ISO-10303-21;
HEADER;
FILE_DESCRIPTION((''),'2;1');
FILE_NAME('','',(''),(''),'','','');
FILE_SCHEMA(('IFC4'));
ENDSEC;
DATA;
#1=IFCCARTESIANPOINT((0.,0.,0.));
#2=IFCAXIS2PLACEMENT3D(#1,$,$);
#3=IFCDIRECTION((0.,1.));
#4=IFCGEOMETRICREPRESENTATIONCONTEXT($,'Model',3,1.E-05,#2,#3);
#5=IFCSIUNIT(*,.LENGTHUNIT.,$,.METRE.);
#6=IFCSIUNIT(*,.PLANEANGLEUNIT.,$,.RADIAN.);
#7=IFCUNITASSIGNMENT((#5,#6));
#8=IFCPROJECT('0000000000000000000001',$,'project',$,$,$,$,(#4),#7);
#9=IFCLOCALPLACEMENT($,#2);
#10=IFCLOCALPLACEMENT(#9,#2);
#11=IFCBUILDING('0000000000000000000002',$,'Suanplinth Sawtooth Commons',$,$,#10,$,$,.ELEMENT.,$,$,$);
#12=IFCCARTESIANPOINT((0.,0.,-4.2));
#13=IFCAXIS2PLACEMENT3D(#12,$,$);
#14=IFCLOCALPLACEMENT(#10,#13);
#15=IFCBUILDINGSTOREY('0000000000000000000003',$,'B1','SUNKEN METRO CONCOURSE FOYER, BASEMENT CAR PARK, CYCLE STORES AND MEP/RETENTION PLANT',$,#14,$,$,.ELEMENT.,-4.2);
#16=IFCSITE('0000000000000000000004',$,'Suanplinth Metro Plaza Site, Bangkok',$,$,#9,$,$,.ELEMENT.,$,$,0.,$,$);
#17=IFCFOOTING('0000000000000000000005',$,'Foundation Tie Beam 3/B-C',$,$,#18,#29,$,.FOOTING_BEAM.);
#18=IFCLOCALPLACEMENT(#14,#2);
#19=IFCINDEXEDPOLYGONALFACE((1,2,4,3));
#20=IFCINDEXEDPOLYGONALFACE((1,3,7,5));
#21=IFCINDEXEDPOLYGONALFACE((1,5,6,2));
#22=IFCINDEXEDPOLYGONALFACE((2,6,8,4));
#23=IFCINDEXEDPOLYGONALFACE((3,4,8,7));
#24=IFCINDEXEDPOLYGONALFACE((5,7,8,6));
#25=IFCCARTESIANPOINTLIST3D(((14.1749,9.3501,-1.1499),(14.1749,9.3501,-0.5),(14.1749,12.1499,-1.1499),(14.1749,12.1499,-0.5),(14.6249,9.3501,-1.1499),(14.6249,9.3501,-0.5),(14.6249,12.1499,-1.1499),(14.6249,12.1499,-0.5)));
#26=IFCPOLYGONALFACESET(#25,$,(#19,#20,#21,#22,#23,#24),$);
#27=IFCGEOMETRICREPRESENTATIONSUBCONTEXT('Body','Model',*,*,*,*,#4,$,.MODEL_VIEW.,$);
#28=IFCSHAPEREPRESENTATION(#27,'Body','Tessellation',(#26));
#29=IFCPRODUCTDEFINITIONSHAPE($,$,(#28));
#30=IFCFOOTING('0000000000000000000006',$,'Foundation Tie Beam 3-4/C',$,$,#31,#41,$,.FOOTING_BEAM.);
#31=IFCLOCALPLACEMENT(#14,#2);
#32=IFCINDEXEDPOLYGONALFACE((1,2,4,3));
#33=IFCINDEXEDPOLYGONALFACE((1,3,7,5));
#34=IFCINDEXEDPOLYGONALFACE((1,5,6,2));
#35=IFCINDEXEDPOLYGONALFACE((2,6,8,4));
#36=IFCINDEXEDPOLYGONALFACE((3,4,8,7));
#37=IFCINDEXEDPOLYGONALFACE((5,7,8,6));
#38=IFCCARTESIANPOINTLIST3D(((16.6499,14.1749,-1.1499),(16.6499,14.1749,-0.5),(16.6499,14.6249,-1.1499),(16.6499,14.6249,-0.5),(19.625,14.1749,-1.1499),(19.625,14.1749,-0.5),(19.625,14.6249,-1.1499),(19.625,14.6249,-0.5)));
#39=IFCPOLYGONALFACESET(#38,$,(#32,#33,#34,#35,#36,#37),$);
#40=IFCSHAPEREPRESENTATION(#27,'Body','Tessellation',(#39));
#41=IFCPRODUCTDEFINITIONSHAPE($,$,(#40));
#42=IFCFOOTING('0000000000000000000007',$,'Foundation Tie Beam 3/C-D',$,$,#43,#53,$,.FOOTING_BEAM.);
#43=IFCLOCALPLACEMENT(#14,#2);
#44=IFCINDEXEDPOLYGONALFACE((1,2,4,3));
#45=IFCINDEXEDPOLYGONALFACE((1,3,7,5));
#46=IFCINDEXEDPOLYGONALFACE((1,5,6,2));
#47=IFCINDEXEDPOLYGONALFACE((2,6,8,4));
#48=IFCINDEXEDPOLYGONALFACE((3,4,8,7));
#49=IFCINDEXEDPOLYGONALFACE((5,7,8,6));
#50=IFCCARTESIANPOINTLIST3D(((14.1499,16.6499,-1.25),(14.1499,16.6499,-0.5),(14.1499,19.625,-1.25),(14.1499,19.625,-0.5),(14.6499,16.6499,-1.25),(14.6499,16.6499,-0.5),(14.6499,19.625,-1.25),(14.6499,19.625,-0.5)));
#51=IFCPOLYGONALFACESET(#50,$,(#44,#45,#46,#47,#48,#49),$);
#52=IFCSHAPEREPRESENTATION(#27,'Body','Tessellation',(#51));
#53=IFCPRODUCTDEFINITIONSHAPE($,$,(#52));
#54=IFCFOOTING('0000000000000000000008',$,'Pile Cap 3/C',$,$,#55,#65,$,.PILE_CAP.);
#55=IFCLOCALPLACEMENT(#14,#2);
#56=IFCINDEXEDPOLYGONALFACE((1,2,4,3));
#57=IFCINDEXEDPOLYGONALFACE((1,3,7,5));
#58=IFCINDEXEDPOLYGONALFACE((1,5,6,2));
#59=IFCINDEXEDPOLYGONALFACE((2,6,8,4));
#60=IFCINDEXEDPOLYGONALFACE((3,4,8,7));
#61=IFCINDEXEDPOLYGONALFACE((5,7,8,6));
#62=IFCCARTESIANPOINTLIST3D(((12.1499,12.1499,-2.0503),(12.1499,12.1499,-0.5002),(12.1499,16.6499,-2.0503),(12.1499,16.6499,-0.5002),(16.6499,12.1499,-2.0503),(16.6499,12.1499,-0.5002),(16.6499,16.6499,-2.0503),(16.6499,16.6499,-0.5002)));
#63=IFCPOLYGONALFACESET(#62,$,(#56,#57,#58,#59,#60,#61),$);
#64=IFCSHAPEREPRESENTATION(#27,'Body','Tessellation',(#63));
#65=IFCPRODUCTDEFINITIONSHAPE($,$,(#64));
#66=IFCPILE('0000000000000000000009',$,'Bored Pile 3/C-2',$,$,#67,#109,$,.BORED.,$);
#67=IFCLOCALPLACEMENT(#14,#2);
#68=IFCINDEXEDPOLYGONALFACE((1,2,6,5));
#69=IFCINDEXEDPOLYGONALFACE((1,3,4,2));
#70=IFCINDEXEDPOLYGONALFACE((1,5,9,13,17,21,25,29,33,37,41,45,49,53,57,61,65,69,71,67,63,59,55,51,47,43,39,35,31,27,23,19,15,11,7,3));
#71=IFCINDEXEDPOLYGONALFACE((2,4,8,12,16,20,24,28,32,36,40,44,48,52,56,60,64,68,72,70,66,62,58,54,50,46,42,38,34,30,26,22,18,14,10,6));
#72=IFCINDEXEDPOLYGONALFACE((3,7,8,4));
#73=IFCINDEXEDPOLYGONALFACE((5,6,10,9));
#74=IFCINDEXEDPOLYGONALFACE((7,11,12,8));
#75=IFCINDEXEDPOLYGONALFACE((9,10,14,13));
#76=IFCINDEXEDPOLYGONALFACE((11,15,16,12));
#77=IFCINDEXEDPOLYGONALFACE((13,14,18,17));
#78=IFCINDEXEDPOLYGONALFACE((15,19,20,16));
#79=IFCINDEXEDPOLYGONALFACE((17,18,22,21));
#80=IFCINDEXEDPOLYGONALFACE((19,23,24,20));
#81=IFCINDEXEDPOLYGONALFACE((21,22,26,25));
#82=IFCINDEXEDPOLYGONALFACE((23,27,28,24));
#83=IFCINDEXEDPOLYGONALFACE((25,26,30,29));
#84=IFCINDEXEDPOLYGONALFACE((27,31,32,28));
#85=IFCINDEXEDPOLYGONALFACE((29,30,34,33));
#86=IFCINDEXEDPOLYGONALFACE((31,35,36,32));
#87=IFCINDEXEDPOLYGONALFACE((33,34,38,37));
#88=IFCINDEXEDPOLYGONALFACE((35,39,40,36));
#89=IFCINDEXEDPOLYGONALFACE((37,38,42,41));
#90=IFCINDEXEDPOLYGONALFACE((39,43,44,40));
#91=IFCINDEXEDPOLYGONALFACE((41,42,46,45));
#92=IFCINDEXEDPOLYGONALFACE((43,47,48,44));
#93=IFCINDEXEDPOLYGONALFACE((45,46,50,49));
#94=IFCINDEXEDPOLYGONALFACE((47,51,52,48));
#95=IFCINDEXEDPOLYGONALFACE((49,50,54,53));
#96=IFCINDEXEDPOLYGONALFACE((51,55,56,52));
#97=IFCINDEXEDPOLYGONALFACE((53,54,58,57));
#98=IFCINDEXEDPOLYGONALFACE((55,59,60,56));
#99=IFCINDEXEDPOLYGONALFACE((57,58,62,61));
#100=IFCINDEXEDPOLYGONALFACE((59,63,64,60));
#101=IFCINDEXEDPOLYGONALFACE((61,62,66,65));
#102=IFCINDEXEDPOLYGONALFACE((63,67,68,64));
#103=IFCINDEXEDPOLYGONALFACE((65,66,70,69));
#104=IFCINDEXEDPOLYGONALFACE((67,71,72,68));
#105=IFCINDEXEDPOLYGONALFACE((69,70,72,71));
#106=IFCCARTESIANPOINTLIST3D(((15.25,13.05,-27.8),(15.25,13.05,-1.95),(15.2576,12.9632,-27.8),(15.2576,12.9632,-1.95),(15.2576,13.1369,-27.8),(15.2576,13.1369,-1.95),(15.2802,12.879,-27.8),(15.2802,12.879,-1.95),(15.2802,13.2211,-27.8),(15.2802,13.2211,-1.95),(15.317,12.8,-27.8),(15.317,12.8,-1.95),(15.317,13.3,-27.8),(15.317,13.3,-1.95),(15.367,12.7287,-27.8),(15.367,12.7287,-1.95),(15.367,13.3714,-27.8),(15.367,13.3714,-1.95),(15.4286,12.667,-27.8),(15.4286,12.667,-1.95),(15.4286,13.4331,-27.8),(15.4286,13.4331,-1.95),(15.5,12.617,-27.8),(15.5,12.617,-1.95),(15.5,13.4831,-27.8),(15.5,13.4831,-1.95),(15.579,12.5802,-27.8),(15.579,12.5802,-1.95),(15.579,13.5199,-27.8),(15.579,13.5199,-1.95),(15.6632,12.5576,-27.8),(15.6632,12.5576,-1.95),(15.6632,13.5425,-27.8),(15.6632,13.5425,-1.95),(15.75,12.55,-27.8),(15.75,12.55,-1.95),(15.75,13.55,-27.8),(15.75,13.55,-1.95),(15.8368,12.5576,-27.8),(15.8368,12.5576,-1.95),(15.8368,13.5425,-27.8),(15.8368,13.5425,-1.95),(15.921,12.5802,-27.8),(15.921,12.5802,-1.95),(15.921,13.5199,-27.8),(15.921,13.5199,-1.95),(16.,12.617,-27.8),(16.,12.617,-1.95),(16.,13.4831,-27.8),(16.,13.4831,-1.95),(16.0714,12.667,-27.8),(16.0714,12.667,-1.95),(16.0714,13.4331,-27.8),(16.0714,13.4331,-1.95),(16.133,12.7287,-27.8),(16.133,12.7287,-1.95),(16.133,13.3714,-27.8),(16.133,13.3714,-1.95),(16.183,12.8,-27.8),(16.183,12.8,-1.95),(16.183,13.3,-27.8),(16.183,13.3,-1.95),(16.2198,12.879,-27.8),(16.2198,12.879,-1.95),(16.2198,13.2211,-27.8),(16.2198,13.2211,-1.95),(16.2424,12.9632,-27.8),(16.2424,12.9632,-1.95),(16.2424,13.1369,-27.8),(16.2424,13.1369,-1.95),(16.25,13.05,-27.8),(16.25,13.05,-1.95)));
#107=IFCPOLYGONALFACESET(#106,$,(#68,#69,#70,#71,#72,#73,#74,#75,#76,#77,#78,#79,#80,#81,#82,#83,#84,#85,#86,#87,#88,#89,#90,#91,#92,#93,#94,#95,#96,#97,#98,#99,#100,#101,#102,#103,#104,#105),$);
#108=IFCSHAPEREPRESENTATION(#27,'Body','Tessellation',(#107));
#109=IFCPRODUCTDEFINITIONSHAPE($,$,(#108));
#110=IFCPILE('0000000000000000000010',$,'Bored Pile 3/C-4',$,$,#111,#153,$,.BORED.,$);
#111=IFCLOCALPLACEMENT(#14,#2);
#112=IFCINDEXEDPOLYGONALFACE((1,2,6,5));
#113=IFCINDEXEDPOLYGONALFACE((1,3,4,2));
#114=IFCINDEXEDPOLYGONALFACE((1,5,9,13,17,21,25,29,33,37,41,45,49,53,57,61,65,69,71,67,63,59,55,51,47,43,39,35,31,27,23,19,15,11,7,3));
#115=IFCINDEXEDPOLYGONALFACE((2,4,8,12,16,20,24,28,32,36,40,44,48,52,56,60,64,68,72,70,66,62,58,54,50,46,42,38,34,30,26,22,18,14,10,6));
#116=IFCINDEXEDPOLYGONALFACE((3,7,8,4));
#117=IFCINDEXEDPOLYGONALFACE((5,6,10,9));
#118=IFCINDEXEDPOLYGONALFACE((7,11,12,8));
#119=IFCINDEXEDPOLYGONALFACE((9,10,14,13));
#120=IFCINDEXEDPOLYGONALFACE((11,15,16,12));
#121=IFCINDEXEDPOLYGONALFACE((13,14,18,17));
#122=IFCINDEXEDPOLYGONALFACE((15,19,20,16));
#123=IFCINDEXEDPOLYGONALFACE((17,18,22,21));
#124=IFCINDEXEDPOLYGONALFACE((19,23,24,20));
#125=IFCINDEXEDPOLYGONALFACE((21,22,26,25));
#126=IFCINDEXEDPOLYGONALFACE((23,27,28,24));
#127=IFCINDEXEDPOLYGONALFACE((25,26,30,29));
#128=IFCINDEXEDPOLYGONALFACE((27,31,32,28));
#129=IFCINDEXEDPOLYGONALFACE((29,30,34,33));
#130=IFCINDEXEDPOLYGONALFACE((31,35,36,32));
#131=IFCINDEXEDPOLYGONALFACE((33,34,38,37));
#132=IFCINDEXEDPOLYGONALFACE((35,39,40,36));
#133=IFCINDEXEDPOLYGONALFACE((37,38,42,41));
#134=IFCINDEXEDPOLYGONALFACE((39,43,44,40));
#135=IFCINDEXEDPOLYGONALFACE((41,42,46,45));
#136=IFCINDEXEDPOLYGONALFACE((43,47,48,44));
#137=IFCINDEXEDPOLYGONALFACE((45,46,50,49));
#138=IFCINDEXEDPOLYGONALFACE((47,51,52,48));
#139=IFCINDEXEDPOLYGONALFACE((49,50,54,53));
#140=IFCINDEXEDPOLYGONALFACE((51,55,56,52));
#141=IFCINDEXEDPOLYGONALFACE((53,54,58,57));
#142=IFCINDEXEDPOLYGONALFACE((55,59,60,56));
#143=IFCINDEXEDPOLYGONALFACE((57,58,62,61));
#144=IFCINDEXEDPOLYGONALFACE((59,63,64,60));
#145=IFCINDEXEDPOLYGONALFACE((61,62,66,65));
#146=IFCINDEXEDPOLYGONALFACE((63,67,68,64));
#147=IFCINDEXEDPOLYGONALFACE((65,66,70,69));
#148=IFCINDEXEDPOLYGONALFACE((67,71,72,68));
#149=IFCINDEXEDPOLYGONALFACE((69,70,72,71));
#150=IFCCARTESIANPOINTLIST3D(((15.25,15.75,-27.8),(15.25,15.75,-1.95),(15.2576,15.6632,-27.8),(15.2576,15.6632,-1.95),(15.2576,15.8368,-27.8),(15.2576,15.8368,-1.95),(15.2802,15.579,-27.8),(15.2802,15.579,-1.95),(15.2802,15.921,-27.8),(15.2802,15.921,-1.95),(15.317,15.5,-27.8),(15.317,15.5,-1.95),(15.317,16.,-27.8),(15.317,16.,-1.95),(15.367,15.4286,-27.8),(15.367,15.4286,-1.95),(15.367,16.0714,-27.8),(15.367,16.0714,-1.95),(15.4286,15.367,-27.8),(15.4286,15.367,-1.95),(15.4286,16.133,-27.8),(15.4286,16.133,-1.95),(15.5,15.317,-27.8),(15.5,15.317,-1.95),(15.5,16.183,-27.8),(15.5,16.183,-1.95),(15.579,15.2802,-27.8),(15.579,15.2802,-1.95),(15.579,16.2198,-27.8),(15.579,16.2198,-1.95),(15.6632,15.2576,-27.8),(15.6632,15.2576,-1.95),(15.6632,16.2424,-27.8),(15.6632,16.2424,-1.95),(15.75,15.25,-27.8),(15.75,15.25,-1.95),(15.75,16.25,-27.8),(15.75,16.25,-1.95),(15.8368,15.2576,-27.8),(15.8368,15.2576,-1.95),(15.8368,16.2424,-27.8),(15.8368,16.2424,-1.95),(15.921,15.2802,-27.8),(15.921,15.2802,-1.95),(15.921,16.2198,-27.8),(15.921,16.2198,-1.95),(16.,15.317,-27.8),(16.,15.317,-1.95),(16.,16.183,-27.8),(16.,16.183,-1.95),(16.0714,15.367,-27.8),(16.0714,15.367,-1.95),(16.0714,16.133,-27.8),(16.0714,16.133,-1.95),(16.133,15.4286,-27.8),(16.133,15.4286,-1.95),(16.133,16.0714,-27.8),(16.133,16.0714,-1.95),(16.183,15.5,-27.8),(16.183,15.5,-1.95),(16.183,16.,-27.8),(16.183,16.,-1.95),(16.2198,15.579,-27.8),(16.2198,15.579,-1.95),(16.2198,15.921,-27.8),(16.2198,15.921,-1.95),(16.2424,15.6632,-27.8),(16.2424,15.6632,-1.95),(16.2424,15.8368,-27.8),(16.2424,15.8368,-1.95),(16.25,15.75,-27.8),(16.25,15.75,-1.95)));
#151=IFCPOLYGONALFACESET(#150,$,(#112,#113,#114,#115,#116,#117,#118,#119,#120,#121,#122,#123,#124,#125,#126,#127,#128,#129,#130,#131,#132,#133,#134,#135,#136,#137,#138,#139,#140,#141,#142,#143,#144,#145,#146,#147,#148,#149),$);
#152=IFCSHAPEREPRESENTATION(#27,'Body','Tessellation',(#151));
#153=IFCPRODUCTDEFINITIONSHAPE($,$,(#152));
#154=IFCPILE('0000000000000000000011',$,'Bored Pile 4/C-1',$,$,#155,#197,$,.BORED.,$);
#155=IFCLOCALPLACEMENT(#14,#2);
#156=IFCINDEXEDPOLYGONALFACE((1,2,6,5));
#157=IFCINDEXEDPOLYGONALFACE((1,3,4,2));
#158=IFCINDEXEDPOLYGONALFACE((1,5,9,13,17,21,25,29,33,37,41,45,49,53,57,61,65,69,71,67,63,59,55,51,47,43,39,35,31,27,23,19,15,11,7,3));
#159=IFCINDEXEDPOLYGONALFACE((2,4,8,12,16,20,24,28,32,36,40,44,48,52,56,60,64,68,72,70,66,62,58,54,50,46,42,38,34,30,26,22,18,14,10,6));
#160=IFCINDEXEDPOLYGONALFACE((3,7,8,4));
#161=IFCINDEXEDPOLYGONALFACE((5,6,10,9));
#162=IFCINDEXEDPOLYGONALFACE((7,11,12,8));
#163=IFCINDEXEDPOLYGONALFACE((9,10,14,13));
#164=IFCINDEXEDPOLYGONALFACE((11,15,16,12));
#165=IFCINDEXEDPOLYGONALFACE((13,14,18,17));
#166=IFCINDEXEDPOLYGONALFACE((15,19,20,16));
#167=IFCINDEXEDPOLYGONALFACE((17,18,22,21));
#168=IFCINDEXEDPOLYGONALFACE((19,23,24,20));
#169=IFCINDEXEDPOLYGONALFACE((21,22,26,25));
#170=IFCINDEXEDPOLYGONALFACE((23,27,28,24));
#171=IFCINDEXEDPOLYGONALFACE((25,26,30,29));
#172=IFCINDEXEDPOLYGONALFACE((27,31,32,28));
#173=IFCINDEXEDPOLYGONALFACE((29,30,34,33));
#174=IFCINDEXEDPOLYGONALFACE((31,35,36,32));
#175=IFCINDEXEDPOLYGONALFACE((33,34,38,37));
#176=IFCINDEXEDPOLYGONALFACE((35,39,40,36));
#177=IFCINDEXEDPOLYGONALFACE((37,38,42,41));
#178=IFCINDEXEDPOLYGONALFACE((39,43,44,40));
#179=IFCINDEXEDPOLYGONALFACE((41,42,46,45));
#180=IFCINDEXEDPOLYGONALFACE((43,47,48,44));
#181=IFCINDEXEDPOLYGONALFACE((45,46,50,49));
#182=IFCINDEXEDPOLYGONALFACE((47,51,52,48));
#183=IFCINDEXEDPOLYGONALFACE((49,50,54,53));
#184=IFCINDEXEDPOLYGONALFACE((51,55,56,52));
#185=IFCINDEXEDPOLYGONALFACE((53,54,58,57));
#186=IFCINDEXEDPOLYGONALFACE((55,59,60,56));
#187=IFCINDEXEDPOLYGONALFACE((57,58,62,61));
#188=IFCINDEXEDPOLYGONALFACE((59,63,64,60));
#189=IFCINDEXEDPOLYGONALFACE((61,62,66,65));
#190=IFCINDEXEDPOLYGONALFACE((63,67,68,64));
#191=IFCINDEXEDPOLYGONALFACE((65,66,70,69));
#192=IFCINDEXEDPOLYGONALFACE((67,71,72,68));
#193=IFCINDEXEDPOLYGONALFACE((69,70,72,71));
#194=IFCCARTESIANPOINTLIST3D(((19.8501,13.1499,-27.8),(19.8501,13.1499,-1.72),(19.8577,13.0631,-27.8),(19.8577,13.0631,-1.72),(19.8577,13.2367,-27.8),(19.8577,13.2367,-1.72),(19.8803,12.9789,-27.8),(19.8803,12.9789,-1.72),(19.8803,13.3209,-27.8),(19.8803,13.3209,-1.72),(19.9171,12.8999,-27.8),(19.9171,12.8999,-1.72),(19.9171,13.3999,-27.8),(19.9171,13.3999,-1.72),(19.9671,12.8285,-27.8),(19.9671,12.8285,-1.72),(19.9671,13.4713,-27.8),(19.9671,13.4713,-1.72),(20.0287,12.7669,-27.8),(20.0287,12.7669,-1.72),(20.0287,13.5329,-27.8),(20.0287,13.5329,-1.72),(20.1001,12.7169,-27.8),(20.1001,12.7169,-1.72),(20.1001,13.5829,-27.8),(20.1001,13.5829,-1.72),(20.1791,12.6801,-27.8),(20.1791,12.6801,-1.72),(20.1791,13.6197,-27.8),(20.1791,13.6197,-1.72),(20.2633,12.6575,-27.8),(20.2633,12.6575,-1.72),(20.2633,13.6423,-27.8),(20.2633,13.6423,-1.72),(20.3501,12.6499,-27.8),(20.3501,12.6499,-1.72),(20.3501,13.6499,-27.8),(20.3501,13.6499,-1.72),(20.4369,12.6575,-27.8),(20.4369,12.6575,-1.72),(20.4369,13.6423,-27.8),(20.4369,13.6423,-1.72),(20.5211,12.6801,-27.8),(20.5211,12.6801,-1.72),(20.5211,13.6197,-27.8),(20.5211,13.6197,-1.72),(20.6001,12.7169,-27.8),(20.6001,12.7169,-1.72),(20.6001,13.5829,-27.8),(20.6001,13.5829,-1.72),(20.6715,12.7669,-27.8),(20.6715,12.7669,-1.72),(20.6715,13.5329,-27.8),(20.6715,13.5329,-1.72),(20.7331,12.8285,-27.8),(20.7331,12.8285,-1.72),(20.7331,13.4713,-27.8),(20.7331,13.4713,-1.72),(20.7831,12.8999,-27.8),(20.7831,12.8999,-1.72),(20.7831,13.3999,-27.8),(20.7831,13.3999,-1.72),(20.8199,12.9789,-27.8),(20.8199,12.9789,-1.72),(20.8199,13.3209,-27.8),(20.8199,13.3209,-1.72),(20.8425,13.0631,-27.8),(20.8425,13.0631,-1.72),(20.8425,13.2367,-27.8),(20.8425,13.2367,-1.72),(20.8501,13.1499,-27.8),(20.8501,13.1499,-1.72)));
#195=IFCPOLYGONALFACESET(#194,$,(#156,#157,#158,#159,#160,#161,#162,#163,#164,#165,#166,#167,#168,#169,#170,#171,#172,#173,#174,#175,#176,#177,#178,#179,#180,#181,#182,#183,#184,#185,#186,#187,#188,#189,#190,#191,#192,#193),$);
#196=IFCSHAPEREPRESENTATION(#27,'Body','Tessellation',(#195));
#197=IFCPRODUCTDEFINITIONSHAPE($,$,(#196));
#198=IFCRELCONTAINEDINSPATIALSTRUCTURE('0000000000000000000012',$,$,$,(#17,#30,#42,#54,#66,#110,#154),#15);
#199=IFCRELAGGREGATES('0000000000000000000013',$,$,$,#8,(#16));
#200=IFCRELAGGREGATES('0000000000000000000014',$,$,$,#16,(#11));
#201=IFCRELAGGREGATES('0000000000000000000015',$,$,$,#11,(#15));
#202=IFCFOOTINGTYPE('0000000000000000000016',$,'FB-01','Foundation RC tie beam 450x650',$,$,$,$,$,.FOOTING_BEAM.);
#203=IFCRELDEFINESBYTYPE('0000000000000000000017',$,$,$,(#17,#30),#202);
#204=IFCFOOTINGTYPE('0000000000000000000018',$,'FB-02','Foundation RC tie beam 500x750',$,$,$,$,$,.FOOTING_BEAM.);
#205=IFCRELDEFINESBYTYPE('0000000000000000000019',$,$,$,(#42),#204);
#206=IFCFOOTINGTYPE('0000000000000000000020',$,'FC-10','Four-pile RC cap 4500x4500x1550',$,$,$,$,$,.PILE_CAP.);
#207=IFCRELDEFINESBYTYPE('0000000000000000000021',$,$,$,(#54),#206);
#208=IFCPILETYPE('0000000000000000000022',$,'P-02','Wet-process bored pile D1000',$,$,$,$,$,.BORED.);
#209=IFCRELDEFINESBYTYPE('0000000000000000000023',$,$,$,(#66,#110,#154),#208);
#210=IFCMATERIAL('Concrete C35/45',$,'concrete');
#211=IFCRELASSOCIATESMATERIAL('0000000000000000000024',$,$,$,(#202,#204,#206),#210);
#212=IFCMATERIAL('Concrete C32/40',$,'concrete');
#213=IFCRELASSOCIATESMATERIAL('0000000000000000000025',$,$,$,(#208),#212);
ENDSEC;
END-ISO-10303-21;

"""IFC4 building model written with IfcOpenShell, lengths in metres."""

from ifc_helpers import new_model, si_unit, direction, frame, origin, origin_2d, place, context, subcontext, project, spatial, rectangle, circle, extrude, material, material_profile, profile_set, type_object, element, save


model = new_model("IFC4")

# Units and contexts
model_context = context("Model", 3, precision=1e-05, world=origin(), true_north=direction((0.0, 1.0)))
body_context = subcontext(model_context, "Body", "Model", "MODEL_VIEW")
ifc_project = project(units=[si_unit("LENGTHUNIT", "METRE"), si_unit("PLANEANGLEUNIT", "RADIAN")], contexts=[model_context])

# Site, building, storey
site_placement = place(None, origin())
site = spatial("IfcSite", under=ifc_project, at=site_placement, Name="Suanplinth Metro Plaza Site, Bangkok", CompositionType="ELEMENT", RefElevation=0.0)
building_placement = place(site_placement, origin())
building = spatial("IfcBuilding", under=site, at=building_placement, Name="Suanplinth Sawtooth Commons", CompositionType="ELEMENT")
storey_placement = place(building_placement, frame((0.0, 0.0, -4.2)))
storey = spatial("IfcBuildingStorey", under=building, at=storey_placement, Name="B1", Description="SUNKEN METRO CONCOURSE FOYER, BASEMENT CAR PARK, CYCLE STORES AND MEP/RETENTION PLANT", CompositionType="ELEMENT", Elevation=-4.2)

# Footings
ifc_material_1 = material(Name="Concrete C35/45", Category="concrete")
ifc_material_profile_1 = material_profile(ifc_material_1, rectangle(XDim=0.45, YDim=0.6499, at=origin_2d()), Name="PC-GDR 450x650")
ifc_profile_set_1 = profile_set([ifc_material_profile_1], Name="Concrete C35/45")
footing_type_1 = type_object("IfcFootingType", Name="FB-01", Description="Foundation RC tie beam 450x650", PredefinedType="FOOTING_BEAM", material=ifc_profile_set_1)
footing_1_placement = place(storey_placement, frame((14.3999, 9.3501, -0.825), z_axis=(0.0, 1.0, 0.0), x_axis=(-1.0, 0.0, 0.0)))
element("IfcFooting", 1, at=footing_1_placement, inside=storey, type_object=footing_type_1, Name="Foundation Tie Beam 3/B-C", PredefinedType="FOOTING_BEAM", context=body_context, shape_type="SweptSolid", body=[
    extrude(rectangle(XDim=0.45, YDim=0.6499, at=origin_2d()), origin(), (0.0, 0.0, 1.0), 2.7998),
])
footing_2_placement = place(storey_placement, frame((16.6499, 14.3999, -0.825), z_axis=(1.0, 0.0, 0.0), x_axis=(0.0, 1.0, 0.0)))
element("IfcFooting", 2, at=footing_2_placement, inside=storey, type_object=footing_type_1, Name="Foundation Tie Beam 3-4/C", PredefinedType="FOOTING_BEAM", context=body_context, shape_type="SweptSolid", body=[
    extrude(rectangle(XDim=0.45, YDim=0.6499, at=origin_2d()), origin(), (0.0, 0.0, 1.0), 2.9751),
])
ifc_material_profile_2 = material_profile(ifc_material_1, rectangle(XDim=0.5, YDim=0.75, at=origin_2d()), Name="RC-GDR 500x750")
ifc_profile_set_2 = profile_set([ifc_material_profile_2], Name="Concrete C35/45")
footing_type_2 = type_object("IfcFootingType", Name="FB-02", Description="Foundation RC tie beam 500x750", PredefinedType="FOOTING_BEAM", material=ifc_profile_set_2)
footing_3_placement = place(storey_placement, frame((14.3999, 16.6499, -0.875), z_axis=(0.0, 1.0, 0.0), x_axis=(-1.0, 0.0, 0.0)))
element("IfcFooting", 3, at=footing_3_placement, inside=storey, type_object=footing_type_2, Name="Foundation Tie Beam 3/C-D", PredefinedType="FOOTING_BEAM", context=body_context, shape_type="SweptSolid", body=[
    extrude(rectangle(XDim=0.5, YDim=0.75, at=origin_2d()), origin(), (0.0, 0.0, 1.0), 2.9751),
])
footing_type_3 = type_object("IfcFootingType", Name="FC-10", Description="Four-pile RC cap 4500x4500x1550", PredefinedType="PILE_CAP", material=ifc_material_1)
footing_4_placement = place(storey_placement, frame((14.3999, 14.3999, -2.0503), z_axis=(0.0, 0.0, 1.0), x_axis=(1.0, 0.0, 0.0)))
element("IfcFooting", 4, at=footing_4_placement, inside=storey, type_object=footing_type_3, Name="Pile Cap 3/C", PredefinedType="PILE_CAP", context=body_context, shape_type="SweptSolid", body=[
    extrude(rectangle(XDim=4.5, YDim=4.5, at=origin_2d()), origin(), (0.0, 0.0, 1.0), 1.55),
])

# Piles
ifc_material_2 = material(Name="Concrete C32/40", Category="concrete")
ifc_material_profile_3 = material_profile(ifc_material_2, circle(Radius=0.5, at=origin_2d()), Name="PILE D1000")
ifc_profile_set_3 = profile_set([ifc_material_profile_3], Name="Concrete C32/40")
pile_type = type_object("IfcPileType", Name="P-02", Description="Wet-process bored pile D1000", PredefinedType="BORED", material=ifc_profile_set_3)
for number, where, z_axis, x_axis, name in (
    (5, (15.75, 13.05, -1.95), (0.0, 0.0, -1.0), (1.0, 0.0, 0.0), "Bored Pile 3/C-2"),
    (6, (15.75, 15.75, -1.95), (0.0, 0.0, -1.0), (1.0, 0.0, 0.0), "Bored Pile 3/C-4"),
):
    element("IfcPile", number, at=place(storey_placement, frame(where, z_axis=z_axis, x_axis=x_axis)), inside=storey, type_object=pile_type, Name=name, PredefinedType="BORED", context=body_context, shape_type="SweptSolid", body=[
        extrude(circle(Radius=0.5, at=origin_2d()), origin(), (0.0, 0.0, 1.0), 25.8501),
    ])
pile_placement = place(storey_placement, frame((20.3501, 13.1499, -1.72), z_axis=(0.0, 0.0, -1.0), x_axis=(1.0, 0.0, 0.0)))
element("IfcPile", 7, at=pile_placement, inside=storey, type_object=pile_type, Name="Bored Pile 4/C-1", PredefinedType="BORED", context=body_context, shape_type="SweptSolid", body=[
    extrude(circle(Radius=0.5, at=origin_2d()), origin(), (0.0, 0.0, 1.0), 26.0801),
])

save(model, "model.ifc")
